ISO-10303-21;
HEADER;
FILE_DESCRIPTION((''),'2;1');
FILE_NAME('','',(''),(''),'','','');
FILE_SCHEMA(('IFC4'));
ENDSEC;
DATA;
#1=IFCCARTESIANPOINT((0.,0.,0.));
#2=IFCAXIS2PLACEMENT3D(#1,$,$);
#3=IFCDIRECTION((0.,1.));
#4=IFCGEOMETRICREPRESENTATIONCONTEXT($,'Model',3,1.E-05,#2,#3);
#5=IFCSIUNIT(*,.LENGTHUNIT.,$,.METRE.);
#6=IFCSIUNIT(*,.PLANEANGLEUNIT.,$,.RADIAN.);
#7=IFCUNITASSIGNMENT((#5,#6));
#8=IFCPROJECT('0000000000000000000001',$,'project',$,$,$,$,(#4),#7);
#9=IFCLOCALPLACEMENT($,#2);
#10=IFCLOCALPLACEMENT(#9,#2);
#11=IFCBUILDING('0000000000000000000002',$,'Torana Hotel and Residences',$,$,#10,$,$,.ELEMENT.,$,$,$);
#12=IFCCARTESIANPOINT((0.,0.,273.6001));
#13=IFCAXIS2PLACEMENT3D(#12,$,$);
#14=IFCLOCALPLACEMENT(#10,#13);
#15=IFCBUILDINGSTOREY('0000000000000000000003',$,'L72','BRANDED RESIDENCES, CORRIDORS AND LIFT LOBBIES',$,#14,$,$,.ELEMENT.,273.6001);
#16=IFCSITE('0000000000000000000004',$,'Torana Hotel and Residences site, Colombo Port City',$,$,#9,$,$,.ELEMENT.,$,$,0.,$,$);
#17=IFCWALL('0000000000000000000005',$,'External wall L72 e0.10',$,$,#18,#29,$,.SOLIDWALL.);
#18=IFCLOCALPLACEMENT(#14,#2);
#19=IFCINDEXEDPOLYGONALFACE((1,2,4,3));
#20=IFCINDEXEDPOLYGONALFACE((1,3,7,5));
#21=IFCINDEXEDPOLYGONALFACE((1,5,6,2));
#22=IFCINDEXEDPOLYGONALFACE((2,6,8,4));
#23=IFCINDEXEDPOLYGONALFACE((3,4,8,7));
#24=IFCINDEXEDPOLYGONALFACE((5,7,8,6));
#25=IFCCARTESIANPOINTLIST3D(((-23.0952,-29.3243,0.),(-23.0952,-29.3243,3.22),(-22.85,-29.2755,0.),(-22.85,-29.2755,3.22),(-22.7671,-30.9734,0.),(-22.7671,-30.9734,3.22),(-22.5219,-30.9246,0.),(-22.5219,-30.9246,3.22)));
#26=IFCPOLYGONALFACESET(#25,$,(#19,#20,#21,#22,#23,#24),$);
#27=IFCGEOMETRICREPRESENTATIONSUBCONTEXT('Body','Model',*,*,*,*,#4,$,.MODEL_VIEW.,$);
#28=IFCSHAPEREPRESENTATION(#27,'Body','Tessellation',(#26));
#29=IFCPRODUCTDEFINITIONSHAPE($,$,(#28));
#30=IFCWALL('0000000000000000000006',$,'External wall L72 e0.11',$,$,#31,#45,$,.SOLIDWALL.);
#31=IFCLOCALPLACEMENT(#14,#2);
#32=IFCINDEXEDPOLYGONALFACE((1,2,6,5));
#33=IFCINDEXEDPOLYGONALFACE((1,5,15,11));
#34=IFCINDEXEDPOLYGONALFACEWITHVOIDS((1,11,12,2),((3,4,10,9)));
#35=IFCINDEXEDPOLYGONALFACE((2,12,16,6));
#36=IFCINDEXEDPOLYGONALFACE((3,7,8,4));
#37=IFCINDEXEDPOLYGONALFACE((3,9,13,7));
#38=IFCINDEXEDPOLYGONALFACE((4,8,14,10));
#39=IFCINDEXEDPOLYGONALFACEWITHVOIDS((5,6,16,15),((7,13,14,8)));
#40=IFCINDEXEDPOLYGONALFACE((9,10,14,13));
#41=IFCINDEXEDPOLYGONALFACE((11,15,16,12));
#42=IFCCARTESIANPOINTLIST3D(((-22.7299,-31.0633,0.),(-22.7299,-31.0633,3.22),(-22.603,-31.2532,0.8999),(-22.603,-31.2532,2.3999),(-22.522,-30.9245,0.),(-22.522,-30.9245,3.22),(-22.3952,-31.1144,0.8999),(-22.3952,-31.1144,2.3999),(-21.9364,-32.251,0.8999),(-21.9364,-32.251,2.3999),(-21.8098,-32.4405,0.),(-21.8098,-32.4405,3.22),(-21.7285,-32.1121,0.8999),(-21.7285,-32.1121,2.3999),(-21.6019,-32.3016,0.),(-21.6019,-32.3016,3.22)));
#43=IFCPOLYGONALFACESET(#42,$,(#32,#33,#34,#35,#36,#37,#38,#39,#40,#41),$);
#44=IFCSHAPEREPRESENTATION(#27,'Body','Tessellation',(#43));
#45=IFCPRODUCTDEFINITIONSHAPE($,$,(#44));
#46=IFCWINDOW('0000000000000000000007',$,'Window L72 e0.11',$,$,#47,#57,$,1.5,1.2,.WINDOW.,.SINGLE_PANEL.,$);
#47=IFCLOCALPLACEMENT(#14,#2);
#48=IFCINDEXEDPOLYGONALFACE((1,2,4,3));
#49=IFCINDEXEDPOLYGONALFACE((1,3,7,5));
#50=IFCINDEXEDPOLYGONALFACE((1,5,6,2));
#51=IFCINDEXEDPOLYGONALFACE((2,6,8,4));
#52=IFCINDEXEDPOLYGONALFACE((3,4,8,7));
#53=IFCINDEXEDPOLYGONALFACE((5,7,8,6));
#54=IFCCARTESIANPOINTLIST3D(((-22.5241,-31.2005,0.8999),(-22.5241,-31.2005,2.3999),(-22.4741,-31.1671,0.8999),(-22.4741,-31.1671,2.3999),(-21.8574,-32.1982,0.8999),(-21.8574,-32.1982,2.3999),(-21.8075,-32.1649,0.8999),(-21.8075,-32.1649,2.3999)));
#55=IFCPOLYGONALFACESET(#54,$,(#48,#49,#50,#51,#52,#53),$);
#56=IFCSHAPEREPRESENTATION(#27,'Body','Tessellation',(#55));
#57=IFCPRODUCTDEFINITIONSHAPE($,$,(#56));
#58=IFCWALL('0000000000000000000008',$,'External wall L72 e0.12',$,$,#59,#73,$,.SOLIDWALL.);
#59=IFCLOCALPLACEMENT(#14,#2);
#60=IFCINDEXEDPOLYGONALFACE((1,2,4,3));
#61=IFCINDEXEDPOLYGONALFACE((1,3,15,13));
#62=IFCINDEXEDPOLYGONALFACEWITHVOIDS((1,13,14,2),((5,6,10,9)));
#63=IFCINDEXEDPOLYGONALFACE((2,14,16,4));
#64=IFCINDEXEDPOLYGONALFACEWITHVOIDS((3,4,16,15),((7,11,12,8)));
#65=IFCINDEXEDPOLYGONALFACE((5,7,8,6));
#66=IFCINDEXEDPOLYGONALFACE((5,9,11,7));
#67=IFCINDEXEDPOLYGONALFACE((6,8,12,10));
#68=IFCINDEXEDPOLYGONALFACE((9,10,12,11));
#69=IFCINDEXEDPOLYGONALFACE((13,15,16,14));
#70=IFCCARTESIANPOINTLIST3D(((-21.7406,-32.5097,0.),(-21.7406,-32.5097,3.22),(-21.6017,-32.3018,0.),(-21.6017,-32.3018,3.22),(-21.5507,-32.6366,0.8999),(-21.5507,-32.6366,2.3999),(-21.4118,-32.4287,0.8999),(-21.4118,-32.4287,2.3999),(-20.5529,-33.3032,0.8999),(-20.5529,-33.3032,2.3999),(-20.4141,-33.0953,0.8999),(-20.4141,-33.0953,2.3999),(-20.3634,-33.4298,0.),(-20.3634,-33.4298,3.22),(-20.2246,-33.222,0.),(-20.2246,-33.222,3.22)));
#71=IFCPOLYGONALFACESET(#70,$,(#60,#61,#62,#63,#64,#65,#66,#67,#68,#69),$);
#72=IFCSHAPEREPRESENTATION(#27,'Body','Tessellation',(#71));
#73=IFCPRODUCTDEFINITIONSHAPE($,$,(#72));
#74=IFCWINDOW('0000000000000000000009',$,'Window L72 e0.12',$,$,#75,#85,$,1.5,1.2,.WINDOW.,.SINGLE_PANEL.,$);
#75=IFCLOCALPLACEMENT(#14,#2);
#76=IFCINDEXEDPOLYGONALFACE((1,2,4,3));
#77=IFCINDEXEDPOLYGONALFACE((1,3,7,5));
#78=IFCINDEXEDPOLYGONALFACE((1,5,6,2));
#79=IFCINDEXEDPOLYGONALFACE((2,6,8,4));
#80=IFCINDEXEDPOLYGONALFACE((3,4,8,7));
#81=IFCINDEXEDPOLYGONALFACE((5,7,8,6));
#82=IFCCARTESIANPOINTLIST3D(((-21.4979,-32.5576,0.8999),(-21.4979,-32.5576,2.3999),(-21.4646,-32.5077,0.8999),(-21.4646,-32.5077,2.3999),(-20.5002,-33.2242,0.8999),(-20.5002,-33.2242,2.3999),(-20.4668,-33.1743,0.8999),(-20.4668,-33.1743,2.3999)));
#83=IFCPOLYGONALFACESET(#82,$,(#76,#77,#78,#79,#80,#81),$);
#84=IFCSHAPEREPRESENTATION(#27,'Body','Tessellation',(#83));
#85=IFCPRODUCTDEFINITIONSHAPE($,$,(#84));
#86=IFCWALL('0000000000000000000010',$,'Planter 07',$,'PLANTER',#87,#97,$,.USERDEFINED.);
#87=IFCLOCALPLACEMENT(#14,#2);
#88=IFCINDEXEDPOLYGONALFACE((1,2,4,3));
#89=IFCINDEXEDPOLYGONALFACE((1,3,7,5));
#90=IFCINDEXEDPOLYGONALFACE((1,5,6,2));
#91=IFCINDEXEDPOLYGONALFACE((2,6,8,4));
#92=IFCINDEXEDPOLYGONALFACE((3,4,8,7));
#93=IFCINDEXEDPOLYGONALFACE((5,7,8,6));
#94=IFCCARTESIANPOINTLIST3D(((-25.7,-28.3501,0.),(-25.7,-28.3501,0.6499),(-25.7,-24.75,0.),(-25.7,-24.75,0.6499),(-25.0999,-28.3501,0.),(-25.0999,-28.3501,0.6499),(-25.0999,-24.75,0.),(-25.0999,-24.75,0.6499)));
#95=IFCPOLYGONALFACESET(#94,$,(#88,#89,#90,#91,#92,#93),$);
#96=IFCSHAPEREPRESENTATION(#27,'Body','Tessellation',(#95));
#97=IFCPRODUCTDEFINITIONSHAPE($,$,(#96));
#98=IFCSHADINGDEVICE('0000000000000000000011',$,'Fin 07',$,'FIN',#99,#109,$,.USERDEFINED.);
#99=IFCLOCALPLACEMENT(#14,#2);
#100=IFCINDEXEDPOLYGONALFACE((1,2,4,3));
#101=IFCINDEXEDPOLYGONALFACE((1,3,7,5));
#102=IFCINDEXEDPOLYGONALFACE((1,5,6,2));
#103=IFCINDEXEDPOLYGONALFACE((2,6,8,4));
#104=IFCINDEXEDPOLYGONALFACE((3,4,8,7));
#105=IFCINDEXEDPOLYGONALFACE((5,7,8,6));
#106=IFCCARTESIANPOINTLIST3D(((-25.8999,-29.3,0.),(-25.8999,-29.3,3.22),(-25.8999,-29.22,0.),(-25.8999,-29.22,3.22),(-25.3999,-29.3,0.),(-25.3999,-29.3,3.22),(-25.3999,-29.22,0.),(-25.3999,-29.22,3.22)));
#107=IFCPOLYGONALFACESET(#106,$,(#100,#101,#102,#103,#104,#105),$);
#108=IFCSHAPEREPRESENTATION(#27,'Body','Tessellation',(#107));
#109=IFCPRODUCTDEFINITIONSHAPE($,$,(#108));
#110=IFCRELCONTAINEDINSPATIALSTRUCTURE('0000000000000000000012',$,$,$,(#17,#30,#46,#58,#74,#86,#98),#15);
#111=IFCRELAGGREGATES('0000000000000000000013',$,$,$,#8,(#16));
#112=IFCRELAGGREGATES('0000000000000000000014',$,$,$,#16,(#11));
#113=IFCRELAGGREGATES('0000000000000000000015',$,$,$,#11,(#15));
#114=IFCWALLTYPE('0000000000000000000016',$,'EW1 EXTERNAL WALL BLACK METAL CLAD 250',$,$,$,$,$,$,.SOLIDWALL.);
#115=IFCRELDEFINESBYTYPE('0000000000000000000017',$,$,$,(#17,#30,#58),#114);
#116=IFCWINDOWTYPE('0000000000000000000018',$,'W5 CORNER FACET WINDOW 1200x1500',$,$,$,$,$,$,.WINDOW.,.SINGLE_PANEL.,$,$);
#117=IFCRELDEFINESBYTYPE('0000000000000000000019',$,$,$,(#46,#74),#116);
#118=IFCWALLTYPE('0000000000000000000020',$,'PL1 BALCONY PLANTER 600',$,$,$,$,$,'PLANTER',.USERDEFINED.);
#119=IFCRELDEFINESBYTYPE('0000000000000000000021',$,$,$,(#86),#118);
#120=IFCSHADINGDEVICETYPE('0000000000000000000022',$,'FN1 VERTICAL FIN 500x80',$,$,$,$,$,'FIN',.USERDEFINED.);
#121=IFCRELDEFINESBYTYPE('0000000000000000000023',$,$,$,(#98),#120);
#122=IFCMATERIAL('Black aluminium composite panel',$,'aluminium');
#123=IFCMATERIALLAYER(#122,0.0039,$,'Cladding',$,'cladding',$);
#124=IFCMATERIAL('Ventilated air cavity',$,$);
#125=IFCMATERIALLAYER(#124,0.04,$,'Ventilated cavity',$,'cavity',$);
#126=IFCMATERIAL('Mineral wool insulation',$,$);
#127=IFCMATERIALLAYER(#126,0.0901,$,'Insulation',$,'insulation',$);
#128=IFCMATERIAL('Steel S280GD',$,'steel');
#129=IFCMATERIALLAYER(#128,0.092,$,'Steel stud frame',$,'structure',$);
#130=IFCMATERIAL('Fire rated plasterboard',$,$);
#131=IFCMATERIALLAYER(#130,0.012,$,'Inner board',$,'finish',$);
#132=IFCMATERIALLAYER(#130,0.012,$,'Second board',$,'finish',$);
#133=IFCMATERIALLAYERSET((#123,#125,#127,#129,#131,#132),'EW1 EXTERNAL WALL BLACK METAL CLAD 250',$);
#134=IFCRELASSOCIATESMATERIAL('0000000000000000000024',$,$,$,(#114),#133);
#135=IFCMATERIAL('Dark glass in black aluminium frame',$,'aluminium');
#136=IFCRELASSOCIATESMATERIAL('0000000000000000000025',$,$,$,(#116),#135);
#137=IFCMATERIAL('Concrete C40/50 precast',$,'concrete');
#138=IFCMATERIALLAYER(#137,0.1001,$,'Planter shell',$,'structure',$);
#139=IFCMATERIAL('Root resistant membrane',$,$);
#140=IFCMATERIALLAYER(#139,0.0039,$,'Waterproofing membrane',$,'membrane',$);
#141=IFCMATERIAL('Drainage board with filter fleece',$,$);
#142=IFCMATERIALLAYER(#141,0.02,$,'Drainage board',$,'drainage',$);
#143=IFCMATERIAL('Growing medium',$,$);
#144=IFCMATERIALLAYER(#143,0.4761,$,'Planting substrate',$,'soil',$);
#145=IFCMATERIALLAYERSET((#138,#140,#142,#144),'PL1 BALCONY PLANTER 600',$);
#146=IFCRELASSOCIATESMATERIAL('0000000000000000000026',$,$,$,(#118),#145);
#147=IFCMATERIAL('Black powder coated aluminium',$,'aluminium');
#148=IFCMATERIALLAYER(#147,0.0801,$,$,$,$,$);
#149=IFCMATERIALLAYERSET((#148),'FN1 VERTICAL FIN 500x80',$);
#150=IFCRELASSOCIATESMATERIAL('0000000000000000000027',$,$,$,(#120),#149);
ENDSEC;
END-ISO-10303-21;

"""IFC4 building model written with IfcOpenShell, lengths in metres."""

from ifc_helpers import new_model, si_unit, direction, frame, frame_2d, origin, origin_2d, place, context, subcontext, project, spatial, rectangle, extrude, material, layer, layer_set, type_object, element, fill, save


model = new_model("IFC4")

# Units and contexts
model_context = context("Model", 3, precision=1e-05, world=origin(), true_north=direction((0.0, 1.0)))
body_context = subcontext(model_context, "Body", "Model", "MODEL_VIEW")
ifc_project = project(units=[si_unit("LENGTHUNIT", "METRE"), si_unit("PLANEANGLEUNIT", "RADIAN")], contexts=[model_context])

# Site, building, storey
site_placement = place(None, origin())
site = spatial("IfcSite", under=ifc_project, at=site_placement, Name="Torana Hotel and Residences site, Colombo Port City", CompositionType="ELEMENT", RefElevation=0.0)
building_placement = place(site_placement, origin())
building = spatial("IfcBuilding", under=site, at=building_placement, Name="Torana Hotel and Residences", CompositionType="ELEMENT")
storey_placement = place(building_placement, frame((0.0, 0.0, 273.6001)))
storey = spatial("IfcBuildingStorey", under=building, at=storey_placement, Name="L72", Description="BRANDED RESIDENCES, CORRIDORS AND LIFT LOBBIES", CompositionType="ELEMENT", Elevation=273.6001)

# Wall
ifc_material_1 = material(Name="Black aluminium composite panel", Category="aluminium")
ifc_layer_1 = layer(ifc_material_1, 0.0039, Name="Cladding", Category="cladding")
ifc_material_2 = material(Name="Ventilated air cavity")
ifc_layer_2 = layer(ifc_material_2, 0.04, Name="Ventilated cavity", Category="cavity")
ifc_material_3 = material(Name="Mineral wool insulation")
ifc_layer_3 = layer(ifc_material_3, 0.0901, Name="Insulation", Category="insulation")
ifc_material_4 = material(Name="Steel S280GD", Category="steel")
ifc_layer_4 = layer(ifc_material_4, 0.092, Name="Steel stud frame", Category="structure")
ifc_material_5 = material(Name="Fire rated plasterboard")
ifc_layer_5 = layer(ifc_material_5, 0.012, Name="Inner board", Category="finish")
ifc_layer_6 = layer(ifc_material_5, 0.012, Name="Second board", Category="finish")
ifc_layer_set_1 = layer_set([ifc_layer_1, ifc_layer_2, ifc_layer_3, ifc_layer_4, ifc_layer_5, ifc_layer_6], Name="EW1 EXTERNAL WALL BLACK METAL CLAD 250")
wall_type_1 = type_object("IfcWallType", Name="EW1 EXTERNAL WALL BLACK METAL CLAD 250", PredefinedType="SOLIDWALL", material=ifc_layer_set_1)
wall_1_placement = place(storey_placement, frame((-22.9727, -29.2998, 0.0), z_axis=(0.0, 0.0, 1.0), x_axis=(0.195139, -0.980776, 0.0)))
element("IfcWall", 1, at=wall_1_placement, inside=storey, type_object=wall_type_1, Name="External wall L72 e0.10", PredefinedType="SOLIDWALL", context=body_context, shape_type="SweptSolid", body=[
    extrude(rectangle(XDim=1.6814, YDim=0.25, at=frame_2d((0.8408, 0.0))), origin(), (0.0, 0.0, 1.0), 3.22),
])

# Walls, openings, windows
wall_2_placement = place(storey_placement, frame((-22.626, -30.9939, 0.0), z_axis=(0.0, 0.0, 1.0), x_axis=(0.55555, -0.831483, 0.0)))
wall_2 = element("IfcWall", 2, at=wall_2_placement, inside=storey, type_object=wall_type_1, Name="External wall L72 e0.11", PredefinedType="SOLIDWALL", context=body_context, shape_type="SweptSolid", body=[
    extrude(rectangle(XDim=1.6562, YDim=0.25, at=frame_2d((0.8281, 0.0))), origin(), (0.0, 0.0, 1.0), 3.22),
])
opening_1_placement = place(wall_2_placement, frame((0.2283, 0.0, 0.8999)))
opening_1 = element("IfcOpeningElement", 3, at=opening_1_placement, cuts=wall_2, PredefinedType="OPENING", context=body_context, shape_type="SweptSolid", body=[
    extrude(rectangle(XDim=1.2, YDim=1.5, at=frame_2d((0.6001, 0.75))), frame((0.0, 0.135, 0.0), z_axis=(0.0, -1.0, 0.0), x_axis=(1.0, 0.0, 0.0)), (0.0, 0.0, 1.0), 0.27),
])
ifc_material_6 = material(Name="Dark glass in black aluminium frame", Category="aluminium")
window_type = type_object("IfcWindowType", Name="W5 CORNER FACET WINDOW 1200x1500", PartitioningType="SINGLE_PANEL", PredefinedType="WINDOW", material=ifc_material_6)
window_1_placement = place(opening_1_placement, origin())
window_1 = element("IfcWindow", 4, at=window_1_placement, inside=storey, type_object=window_type, Name="Window L72 e0.11", OverallHeight=1.5, OverallWidth=1.2, PartitioningType="SINGLE_PANEL", PredefinedType="WINDOW", context=body_context, shape_type="SweptSolid", body=[
    extrude(rectangle(XDim=1.2, YDim=1.5, at=frame_2d((0.6001, 0.75))), frame((0.0, 0.03, 0.0), z_axis=(0.0, -1.0, 0.0), x_axis=(1.0, 0.0, 0.0)), (0.0, 0.0, 1.0), 0.0601),
])
fill(opening_1, window_1)
wall_3_placement = place(storey_placement, frame((-21.6711, -32.4058, 0.0), z_axis=(0.0, 0.0, 1.0), x_axis=(0.831483, -0.55555, 0.0)))
wall_3 = element("IfcWall", 5, at=wall_3_placement, inside=storey, type_object=wall_type_1, Name="External wall L72 e0.12", PredefinedType="SOLIDWALL", context=body_context, shape_type="SweptSolid", body=[
    extrude(rectangle(XDim=1.6562, YDim=0.25, at=frame_2d((0.8281, 0.0))), origin(), (0.0, 0.0, 1.0), 3.22),
])
opening_2_placement = place(wall_3_placement, frame((0.2283, 0.0, 0.8999)))
opening_2 = element("IfcOpeningElement", 6, at=opening_2_placement, cuts=wall_3, PredefinedType="OPENING", context=body_context, shape_type="SweptSolid", body=[
    extrude(rectangle(XDim=1.2, YDim=1.5, at=frame_2d((0.6001, 0.75))), frame((0.0, 0.135, 0.0), z_axis=(0.0, -1.0, 0.0), x_axis=(1.0, 0.0, 0.0)), (0.0, 0.0, 1.0), 0.27),
])
window_2_placement = place(opening_2_placement, origin())
window_2 = element("IfcWindow", 7, at=window_2_placement, inside=storey, type_object=window_type, Name="Window L72 e0.12", OverallHeight=1.5, OverallWidth=1.2, PartitioningType="SINGLE_PANEL", PredefinedType="WINDOW", context=body_context, shape_type="SweptSolid", body=[
    extrude(rectangle(XDim=1.2, YDim=1.5, at=frame_2d((0.6001, 0.75))), frame((0.0, 0.03, 0.0), z_axis=(0.0, -1.0, 0.0), x_axis=(1.0, 0.0, 0.0)), (0.0, 0.0, 1.0), 0.0601),
])
fill(opening_2, window_2)

# Wall
ifc_material_7 = material(Name="Concrete C40/50 precast", Category="concrete")
ifc_layer_7 = layer(ifc_material_7, 0.1001, Name="Planter shell", Category="structure")
ifc_material_8 = material(Name="Root resistant membrane")
ifc_layer_8 = layer(ifc_material_8, 0.0039, Name="Waterproofing membrane", Category="membrane")
ifc_material_9 = material(Name="Drainage board with filter fleece")
ifc_layer_9 = layer(ifc_material_9, 0.02, Name="Drainage board", Category="drainage")
ifc_material_10 = material(Name="Growing medium")
ifc_layer_10 = layer(ifc_material_10, 0.4761, Name="Planting substrate", Category="soil")
ifc_layer_set_2 = layer_set([ifc_layer_7, ifc_layer_8, ifc_layer_9, ifc_layer_10], Name="PL1 BALCONY PLANTER 600")
wall_type_2 = type_object("IfcWallType", Name="PL1 BALCONY PLANTER 600", ElementType="PLANTER", PredefinedType="USERDEFINED", material=ifc_layer_set_2)
wall_4_placement = place(storey_placement, frame((-25.3999, -28.3501, 0.0), z_axis=(0.0, 0.0, 1.0), x_axis=(0.0, 1.0, 0.0)))
element("IfcWall", 8, at=wall_4_placement, inside=storey, type_object=wall_type_2, Name="Planter 07", ObjectType="PLANTER", PredefinedType="USERDEFINED", context=body_context, shape_type="SweptSolid", body=[
    extrude(rectangle(XDim=3.6001, YDim=0.6001, at=frame_2d((1.8, 0.0))), origin(), (0.0, 0.0, 1.0), 0.6499),
])

# Shading device
ifc_material_11 = material(Name="Black powder coated aluminium", Category="aluminium")
ifc_layer_11 = layer(ifc_material_11, 0.0801)
ifc_layer_set_3 = layer_set([ifc_layer_11], Name="FN1 VERTICAL FIN 500x80")
shading_device_type = type_object("IfcShadingDeviceType", Name="FN1 VERTICAL FIN 500x80", ElementType="FIN", PredefinedType="USERDEFINED", material=ifc_layer_set_3)
shading_device_placement = place(storey_placement, frame((-25.6499, -29.26, 0.0), z_axis=(0.0, 0.0, 1.0), x_axis=(0.0, 1.0, 0.0)))
element("IfcShadingDevice", 9, at=shading_device_placement, inside=storey, type_object=shading_device_type, Name="Fin 07", ObjectType="FIN", PredefinedType="USERDEFINED", context=body_context, shape_type="SweptSolid", body=[
    extrude(rectangle(XDim=0.0801, YDim=0.5, at=origin_2d()), origin(), (0.0, 0.0, 1.0), 3.22),
])

save(model, "model.ifc")
